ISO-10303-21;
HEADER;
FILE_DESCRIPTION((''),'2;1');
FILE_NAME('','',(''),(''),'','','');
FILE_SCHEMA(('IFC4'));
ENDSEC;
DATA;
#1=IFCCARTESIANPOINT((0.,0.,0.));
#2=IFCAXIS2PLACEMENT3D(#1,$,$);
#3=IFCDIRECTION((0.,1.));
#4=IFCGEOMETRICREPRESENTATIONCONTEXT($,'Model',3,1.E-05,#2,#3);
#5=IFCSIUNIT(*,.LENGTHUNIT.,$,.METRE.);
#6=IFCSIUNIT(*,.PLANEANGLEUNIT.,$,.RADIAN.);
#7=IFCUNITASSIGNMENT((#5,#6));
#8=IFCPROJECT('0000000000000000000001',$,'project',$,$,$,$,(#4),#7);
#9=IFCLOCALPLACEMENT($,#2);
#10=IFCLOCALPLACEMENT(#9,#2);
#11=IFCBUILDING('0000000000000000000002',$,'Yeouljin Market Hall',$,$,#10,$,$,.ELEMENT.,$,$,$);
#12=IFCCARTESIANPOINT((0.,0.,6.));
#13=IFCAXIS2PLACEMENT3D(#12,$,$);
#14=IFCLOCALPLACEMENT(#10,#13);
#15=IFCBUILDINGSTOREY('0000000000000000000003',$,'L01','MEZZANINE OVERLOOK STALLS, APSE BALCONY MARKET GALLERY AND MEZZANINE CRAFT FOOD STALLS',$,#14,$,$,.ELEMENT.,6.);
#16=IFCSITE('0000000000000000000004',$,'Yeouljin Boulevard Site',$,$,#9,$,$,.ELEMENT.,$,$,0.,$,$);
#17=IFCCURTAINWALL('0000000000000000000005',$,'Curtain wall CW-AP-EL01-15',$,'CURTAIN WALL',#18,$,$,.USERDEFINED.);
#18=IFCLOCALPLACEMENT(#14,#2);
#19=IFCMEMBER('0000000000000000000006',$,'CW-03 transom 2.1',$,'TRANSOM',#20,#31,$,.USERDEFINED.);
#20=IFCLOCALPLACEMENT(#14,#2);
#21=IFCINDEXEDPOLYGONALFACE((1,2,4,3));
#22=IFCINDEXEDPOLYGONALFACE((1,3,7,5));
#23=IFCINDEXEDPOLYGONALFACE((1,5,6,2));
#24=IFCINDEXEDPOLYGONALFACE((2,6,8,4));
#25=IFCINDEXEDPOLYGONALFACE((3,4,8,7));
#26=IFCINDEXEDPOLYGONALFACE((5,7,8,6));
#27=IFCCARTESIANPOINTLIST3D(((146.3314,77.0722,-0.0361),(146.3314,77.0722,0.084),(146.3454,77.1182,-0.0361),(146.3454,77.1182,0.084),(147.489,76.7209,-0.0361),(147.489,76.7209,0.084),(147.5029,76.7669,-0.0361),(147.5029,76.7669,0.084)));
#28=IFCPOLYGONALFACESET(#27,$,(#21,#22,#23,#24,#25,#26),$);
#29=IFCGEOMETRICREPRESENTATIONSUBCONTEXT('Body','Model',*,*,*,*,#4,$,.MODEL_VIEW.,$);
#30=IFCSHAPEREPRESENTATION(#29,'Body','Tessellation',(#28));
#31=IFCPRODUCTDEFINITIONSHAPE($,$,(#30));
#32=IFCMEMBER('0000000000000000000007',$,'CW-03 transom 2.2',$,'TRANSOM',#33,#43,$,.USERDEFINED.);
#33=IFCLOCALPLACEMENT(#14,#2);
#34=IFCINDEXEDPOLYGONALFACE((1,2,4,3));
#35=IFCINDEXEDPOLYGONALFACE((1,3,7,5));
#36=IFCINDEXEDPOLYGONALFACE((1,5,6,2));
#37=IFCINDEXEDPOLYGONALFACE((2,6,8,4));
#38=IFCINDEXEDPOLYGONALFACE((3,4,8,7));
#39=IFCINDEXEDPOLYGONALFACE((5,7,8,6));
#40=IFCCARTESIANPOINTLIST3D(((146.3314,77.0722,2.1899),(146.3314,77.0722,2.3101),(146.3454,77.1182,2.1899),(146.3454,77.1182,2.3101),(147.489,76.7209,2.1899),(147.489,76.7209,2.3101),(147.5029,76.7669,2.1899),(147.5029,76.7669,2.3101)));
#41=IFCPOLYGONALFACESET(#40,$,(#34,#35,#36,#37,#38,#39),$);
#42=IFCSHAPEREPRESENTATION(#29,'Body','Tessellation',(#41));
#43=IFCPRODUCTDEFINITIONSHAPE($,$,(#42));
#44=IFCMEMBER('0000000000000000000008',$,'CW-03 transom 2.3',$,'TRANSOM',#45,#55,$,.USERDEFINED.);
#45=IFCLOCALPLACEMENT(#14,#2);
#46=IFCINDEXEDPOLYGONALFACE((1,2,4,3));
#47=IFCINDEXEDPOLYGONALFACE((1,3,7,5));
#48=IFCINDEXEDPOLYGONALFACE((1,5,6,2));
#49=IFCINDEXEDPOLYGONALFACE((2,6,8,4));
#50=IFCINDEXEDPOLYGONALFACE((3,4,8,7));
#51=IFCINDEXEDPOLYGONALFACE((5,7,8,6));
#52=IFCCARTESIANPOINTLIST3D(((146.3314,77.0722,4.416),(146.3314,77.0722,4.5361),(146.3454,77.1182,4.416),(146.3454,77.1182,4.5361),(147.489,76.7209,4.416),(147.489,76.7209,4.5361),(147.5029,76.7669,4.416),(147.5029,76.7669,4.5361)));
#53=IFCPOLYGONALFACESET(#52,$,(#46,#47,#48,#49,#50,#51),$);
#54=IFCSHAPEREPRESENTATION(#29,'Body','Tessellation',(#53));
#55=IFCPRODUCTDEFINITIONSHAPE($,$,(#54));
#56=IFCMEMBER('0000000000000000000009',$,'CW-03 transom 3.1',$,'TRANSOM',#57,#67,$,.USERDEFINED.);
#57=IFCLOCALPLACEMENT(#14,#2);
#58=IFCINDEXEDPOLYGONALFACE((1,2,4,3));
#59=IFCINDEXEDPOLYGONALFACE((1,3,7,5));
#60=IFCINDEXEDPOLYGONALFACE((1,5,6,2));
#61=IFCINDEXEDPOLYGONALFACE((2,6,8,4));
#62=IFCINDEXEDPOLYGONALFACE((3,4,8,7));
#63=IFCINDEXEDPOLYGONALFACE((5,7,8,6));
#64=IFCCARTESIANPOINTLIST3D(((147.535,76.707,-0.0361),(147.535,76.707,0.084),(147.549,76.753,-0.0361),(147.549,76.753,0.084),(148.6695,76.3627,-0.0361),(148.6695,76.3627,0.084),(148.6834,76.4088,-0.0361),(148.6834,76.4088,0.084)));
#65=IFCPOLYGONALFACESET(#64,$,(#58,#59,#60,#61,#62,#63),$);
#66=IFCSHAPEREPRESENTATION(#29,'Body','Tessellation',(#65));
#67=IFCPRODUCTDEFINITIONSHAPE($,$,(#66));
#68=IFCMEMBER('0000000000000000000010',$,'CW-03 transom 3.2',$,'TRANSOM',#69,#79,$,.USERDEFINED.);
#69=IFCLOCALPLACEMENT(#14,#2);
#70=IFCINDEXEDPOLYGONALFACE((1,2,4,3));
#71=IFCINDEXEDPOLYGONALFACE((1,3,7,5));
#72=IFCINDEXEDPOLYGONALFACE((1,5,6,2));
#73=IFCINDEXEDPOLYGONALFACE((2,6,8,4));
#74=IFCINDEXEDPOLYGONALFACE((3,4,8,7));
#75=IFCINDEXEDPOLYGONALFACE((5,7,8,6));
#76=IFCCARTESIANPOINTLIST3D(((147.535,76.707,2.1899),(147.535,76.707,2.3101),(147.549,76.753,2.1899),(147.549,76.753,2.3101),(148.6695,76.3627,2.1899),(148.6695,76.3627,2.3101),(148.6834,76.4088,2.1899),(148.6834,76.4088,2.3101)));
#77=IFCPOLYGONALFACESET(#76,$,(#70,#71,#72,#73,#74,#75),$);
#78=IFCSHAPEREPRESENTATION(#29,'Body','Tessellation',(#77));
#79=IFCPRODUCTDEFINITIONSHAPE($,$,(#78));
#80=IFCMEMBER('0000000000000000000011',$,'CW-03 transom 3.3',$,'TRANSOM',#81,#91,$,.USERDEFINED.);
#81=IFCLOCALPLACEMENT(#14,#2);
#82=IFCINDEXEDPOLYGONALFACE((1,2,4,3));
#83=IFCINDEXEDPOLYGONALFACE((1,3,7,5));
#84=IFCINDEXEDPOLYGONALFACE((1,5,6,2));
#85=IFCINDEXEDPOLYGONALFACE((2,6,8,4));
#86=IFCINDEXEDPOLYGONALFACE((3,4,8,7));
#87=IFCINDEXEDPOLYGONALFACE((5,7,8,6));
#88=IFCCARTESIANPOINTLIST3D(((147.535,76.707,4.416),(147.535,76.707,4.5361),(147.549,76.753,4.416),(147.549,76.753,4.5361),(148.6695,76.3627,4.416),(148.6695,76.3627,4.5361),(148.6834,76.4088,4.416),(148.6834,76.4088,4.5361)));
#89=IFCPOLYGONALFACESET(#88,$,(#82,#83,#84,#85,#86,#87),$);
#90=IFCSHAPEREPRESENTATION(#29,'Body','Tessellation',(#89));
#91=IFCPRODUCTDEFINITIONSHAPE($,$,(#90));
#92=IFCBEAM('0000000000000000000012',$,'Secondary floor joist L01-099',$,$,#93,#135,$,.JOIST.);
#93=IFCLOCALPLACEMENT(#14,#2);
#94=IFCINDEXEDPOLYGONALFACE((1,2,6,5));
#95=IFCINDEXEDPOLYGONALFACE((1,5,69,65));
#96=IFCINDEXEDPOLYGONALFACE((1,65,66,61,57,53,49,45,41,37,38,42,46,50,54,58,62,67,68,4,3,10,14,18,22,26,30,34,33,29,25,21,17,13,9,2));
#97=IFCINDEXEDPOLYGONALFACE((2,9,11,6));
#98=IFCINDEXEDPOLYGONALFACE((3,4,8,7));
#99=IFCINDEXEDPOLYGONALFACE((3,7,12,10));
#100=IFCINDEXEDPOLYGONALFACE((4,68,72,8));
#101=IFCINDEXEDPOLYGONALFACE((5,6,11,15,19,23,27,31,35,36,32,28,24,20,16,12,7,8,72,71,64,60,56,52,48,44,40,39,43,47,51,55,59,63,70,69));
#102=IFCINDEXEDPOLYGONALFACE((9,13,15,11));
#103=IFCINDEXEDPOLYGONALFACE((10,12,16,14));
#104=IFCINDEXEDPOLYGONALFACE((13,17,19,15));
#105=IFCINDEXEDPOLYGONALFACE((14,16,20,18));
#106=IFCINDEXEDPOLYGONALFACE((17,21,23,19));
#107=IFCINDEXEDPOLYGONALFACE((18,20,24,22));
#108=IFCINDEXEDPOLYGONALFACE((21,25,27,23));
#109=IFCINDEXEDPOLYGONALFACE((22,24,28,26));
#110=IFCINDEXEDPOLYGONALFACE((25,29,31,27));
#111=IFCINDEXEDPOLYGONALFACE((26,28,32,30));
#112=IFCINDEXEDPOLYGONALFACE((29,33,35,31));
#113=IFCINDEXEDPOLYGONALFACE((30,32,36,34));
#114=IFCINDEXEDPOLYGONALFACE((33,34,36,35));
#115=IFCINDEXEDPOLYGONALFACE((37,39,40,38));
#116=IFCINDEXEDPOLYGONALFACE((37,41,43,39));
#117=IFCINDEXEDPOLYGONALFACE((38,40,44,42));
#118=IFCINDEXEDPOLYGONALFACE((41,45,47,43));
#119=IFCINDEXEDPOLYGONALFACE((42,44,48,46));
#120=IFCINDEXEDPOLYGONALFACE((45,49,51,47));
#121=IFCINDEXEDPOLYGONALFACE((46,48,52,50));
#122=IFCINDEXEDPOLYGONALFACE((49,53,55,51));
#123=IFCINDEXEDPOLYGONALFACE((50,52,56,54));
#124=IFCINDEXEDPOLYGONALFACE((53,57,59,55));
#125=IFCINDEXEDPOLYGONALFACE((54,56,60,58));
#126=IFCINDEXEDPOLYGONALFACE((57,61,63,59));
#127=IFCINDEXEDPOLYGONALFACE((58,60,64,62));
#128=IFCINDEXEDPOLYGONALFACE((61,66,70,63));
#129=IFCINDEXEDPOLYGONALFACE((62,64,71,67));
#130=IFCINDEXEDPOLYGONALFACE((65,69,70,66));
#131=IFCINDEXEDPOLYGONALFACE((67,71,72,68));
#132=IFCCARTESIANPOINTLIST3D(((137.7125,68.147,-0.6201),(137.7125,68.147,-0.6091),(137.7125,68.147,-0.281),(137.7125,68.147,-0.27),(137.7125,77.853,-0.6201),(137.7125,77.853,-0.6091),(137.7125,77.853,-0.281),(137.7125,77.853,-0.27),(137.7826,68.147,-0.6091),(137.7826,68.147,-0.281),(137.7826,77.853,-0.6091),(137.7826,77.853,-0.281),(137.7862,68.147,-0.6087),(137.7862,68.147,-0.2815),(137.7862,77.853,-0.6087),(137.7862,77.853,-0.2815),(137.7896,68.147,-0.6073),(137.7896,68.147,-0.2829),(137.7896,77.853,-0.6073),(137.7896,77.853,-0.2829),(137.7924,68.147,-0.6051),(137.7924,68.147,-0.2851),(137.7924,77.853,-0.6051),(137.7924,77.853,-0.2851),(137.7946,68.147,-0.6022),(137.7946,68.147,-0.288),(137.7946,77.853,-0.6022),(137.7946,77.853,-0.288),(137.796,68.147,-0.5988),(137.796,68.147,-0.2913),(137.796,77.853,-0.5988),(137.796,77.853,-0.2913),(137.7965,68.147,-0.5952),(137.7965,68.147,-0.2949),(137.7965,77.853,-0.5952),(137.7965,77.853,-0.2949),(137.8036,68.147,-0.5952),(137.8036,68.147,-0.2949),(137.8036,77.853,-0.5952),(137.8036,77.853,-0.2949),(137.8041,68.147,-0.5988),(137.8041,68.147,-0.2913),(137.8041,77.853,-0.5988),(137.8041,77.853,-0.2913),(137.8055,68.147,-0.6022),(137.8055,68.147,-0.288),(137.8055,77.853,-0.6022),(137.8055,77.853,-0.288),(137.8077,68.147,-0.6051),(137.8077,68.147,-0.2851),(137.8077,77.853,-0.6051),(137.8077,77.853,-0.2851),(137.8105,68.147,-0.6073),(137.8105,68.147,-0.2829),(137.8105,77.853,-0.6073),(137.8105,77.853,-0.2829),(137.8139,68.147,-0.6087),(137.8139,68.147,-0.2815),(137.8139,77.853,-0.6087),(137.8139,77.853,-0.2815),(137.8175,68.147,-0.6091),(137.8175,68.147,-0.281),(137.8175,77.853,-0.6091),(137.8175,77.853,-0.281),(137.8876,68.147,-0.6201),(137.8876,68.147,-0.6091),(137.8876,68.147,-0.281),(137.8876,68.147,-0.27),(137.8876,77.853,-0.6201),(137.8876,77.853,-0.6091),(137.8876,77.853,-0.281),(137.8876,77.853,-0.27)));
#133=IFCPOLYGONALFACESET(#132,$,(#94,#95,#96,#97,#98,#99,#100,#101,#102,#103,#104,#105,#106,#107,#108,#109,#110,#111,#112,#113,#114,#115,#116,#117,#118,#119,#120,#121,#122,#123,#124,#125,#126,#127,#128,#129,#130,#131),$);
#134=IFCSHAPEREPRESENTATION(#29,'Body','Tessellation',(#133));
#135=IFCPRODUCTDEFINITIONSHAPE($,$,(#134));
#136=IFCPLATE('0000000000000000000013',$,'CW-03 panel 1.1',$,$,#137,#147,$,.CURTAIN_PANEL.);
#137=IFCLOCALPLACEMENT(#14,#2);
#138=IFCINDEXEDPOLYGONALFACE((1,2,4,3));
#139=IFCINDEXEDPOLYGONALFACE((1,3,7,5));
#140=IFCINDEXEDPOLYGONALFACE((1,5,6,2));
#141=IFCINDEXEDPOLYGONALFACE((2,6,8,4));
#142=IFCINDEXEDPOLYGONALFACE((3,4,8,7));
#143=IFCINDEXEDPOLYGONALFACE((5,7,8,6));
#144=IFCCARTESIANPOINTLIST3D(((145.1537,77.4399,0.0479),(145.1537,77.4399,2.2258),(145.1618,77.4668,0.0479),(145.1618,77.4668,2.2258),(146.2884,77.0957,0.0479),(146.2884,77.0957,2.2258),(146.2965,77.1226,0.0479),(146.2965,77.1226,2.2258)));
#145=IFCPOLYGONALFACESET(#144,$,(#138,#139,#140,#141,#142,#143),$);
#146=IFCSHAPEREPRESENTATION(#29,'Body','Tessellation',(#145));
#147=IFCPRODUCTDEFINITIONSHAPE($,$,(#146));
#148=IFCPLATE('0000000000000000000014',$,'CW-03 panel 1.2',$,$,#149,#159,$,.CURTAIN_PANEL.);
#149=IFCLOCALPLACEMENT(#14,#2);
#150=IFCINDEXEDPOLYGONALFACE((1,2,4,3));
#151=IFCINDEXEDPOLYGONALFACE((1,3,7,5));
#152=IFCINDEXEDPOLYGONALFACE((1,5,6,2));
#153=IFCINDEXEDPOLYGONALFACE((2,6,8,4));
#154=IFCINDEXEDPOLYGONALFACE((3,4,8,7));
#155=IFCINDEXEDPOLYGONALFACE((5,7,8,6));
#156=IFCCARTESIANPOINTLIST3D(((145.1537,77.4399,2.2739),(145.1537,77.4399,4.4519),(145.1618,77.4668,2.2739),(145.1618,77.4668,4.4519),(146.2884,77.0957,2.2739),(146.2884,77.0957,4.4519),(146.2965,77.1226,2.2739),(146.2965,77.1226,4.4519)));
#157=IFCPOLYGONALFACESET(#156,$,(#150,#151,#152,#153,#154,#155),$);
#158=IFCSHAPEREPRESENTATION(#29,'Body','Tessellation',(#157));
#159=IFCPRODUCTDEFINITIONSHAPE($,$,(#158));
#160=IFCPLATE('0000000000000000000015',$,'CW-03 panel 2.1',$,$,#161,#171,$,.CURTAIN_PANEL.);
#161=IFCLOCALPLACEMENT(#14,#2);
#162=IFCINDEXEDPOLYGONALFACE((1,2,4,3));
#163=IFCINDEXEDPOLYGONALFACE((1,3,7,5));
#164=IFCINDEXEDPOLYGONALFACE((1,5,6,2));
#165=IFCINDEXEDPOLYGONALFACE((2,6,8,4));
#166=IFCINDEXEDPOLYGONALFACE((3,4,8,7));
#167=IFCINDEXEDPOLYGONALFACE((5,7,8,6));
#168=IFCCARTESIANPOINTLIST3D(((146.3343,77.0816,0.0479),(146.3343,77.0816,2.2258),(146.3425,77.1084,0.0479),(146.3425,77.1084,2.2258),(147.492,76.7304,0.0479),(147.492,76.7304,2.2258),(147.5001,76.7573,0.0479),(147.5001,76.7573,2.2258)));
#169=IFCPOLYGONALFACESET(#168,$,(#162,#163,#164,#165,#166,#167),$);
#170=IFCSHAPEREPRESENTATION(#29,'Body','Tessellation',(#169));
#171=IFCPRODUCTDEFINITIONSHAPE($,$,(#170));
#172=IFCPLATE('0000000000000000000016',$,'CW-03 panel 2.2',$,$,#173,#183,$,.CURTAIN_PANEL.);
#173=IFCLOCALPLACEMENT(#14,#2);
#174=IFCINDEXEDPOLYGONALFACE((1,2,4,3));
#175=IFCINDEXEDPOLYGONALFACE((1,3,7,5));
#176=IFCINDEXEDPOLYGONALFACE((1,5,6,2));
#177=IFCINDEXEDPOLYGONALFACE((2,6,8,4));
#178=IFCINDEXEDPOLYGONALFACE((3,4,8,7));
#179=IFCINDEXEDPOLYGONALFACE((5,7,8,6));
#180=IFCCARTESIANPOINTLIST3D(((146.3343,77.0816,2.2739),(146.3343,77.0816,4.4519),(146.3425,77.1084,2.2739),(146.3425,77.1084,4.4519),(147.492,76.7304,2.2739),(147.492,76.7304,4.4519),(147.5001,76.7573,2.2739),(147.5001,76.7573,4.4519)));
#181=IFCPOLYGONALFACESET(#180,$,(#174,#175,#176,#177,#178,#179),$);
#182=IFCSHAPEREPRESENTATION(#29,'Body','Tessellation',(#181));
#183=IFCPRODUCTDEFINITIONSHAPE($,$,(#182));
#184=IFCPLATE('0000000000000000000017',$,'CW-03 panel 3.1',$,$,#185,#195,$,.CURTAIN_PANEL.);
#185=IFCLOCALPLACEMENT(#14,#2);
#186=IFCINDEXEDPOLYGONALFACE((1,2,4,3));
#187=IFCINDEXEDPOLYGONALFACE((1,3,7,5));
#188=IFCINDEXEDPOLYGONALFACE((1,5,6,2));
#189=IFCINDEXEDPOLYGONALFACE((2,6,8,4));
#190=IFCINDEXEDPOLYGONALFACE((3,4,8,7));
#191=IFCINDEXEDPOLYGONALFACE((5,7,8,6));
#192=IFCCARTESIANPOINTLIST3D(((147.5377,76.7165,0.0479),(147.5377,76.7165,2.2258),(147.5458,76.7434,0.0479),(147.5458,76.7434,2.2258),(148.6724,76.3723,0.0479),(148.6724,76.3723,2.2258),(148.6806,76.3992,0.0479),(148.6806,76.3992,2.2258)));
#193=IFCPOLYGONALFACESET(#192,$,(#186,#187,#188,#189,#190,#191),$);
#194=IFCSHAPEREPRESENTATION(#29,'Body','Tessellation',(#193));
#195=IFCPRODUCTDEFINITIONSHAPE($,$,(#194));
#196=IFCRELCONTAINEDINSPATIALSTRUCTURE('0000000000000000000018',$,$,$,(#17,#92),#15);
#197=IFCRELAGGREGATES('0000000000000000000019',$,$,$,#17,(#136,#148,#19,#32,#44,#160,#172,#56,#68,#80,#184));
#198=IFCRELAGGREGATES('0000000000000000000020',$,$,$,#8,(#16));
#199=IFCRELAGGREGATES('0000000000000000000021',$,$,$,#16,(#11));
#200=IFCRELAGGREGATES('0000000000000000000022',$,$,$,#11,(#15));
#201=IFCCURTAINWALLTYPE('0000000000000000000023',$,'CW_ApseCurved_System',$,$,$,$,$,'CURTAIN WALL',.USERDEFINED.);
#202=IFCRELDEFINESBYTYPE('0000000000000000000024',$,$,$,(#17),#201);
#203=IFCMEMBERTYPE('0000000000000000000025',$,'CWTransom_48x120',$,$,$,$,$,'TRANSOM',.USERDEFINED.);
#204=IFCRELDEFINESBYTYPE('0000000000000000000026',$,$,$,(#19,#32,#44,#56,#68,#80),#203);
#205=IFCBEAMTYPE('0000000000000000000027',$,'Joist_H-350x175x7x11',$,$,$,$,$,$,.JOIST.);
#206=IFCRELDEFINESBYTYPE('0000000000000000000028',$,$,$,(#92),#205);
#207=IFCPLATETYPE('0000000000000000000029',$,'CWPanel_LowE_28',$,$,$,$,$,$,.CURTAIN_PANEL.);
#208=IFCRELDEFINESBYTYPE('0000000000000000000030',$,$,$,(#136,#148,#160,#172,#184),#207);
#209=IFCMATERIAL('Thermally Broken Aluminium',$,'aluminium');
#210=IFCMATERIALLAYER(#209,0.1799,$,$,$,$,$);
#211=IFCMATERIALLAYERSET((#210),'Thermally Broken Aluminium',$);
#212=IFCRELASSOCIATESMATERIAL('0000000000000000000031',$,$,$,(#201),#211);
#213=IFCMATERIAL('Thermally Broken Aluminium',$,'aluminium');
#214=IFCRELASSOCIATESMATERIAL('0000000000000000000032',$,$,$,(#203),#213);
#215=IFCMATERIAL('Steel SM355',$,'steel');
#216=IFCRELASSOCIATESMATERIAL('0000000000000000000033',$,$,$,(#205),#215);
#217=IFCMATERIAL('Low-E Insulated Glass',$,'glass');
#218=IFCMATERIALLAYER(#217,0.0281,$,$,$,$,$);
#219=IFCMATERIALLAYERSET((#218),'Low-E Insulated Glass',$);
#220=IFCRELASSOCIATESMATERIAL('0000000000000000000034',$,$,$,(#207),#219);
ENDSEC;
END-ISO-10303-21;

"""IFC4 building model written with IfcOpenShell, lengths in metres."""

from ifc_helpers import new_model, si_unit, direction, frame, origin, origin_2d, place, context, subcontext, project, spatial, rectangle, i_section, extrude, material, layer, layer_set, material_profile, profile_set, type_object, element, aggregate, save


model = new_model("IFC4")

# Units and contexts
model_context = context("Model", 3, precision=1e-05, world=origin(), true_north=direction((0.0, 1.0)))
body_context = subcontext(model_context, "Body", "Model", "MODEL_VIEW")
ifc_project = project(units=[si_unit("LENGTHUNIT", "METRE"), si_unit("PLANEANGLEUNIT", "RADIAN")], contexts=[model_context])

# Site, building, storey
site_placement = place(None, origin())
site = spatial("IfcSite", under=ifc_project, at=site_placement, Name="Yeouljin Boulevard Site", CompositionType="ELEMENT", RefElevation=0.0)
building_placement = place(site_placement, origin())
building = spatial("IfcBuilding", under=site, at=building_placement, Name="Yeouljin Market Hall", CompositionType="ELEMENT")
storey_placement = place(building_placement, frame((0.0, 0.0, 6.0)))
storey = spatial("IfcBuildingStorey", under=building, at=storey_placement, Name="L01", Description="MEZZANINE OVERLOOK STALLS, APSE BALCONY MARKET GALLERY AND MEZZANINE CRAFT FOOD STALLS", CompositionType="ELEMENT", Elevation=6.0)

# Curtain wall
ifc_material_1 = material(Name="Thermally Broken Aluminium", Category="aluminium")
ifc_layer_1 = layer(ifc_material_1, 0.1799)
ifc_layer_set_1 = layer_set([ifc_layer_1], Name="Thermally Broken Aluminium")
curtain_wall_type = type_object("IfcCurtainWallType", Name="CW_ApseCurved_System", ElementType="CURTAIN WALL", PredefinedType="USERDEFINED", material=ifc_layer_set_1)
curtain_wall_1_placement = place(storey_placement, origin())
curtain_wall_1 = element("IfcCurtainWall", 1, at=curtain_wall_1_placement, inside=storey, type_object=curtain_wall_type, Name="Curtain wall CW-AP-EL01-15", ObjectType="CURTAIN WALL", PredefinedType="USERDEFINED")

# Members
ifc_material_2 = material(Name="Thermally Broken Aluminium", Category="aluminium")
ifc_material_profile_1 = material_profile(ifc_material_2, rectangle(XDim=0.0481, YDim=0.1201, at=origin_2d()), Name="CW-TRAN-48x120")
ifc_profile_set_1 = profile_set([ifc_material_profile_1], Name="Thermally Broken Aluminium")
member_type_1 = type_object("IfcMemberType", Name="CWTransom_48x120", ElementType="TRANSOM", PredefinedType="USERDEFINED", material=ifc_profile_set_1)
member_1_placement = place(storey_placement, frame((146.3384, 77.0952, 0.0239), z_axis=(0.956894, -0.290439, 0.0), x_axis=(0.290439, 0.956894, 0.0)))
member_1 = element("IfcMember", 2, at=member_1_placement, type_object=member_type_1, Name="CW-03 transom 2.1", ObjectType="TRANSOM", PredefinedType="USERDEFINED", context=body_context, shape_type="SweptSolid", body=[
    extrude(rectangle(XDim=0.0481, YDim=0.1201, at=origin_2d()), origin(), (0.0, 0.0, 1.0), 1.2097),
])
member_2_placement = place(storey_placement, frame((146.3384, 77.0952, 2.25), z_axis=(0.956894, -0.290439, 0.0), x_axis=(0.290439, 0.956894, 0.0)))
member_2 = element("IfcMember", 3, at=member_2_placement, type_object=member_type_1, Name="CW-03 transom 2.2", ObjectType="TRANSOM", PredefinedType="USERDEFINED", context=body_context, shape_type="SweptSolid", body=[
    extrude(rectangle(XDim=0.0481, YDim=0.1201, at=origin_2d()), origin(), (0.0, 0.0, 1.0), 1.2097),
])
member_3_placement = place(storey_placement, frame((146.3384, 77.0952, 4.4761), z_axis=(0.956894, -0.290439, 0.0), x_axis=(0.290439, 0.956894, 0.0)))
member_3 = element("IfcMember", 4, at=member_3_placement, type_object=member_type_1, Name="CW-03 transom 2.3", ObjectType="TRANSOM", PredefinedType="USERDEFINED", context=body_context, shape_type="SweptSolid", body=[
    extrude(rectangle(XDim=0.0481, YDim=0.1201, at=origin_2d()), origin(), (0.0, 0.0, 1.0), 1.2097),
])
member_4_placement = place(storey_placement, frame((147.542, 76.73, 0.0239), z_axis=(0.95692, -0.29035, 0.0), x_axis=(0.29035, 0.95692, 0.0)))
member_4 = element("IfcMember", 5, at=member_4_placement, type_object=member_type_1, Name="CW-03 transom 3.1", ObjectType="TRANSOM", PredefinedType="USERDEFINED", context=body_context, shape_type="SweptSolid", body=[
    extrude(rectangle(XDim=0.0481, YDim=0.1201, at=origin_2d()), origin(), (0.0, 0.0, 1.0), 1.1855),
])
member_5_placement = place(storey_placement, frame((147.542, 76.73, 2.25), z_axis=(0.95692, -0.29035, 0.0), x_axis=(0.29035, 0.95692, 0.0)))
member_5 = element("IfcMember", 6, at=member_5_placement, type_object=member_type_1, Name="CW-03 transom 3.2", ObjectType="TRANSOM", PredefinedType="USERDEFINED", context=body_context, shape_type="SweptSolid", body=[
    extrude(rectangle(XDim=0.0481, YDim=0.1201, at=origin_2d()), origin(), (0.0, 0.0, 1.0), 1.1855),
])
member_6_placement = place(storey_placement, frame((147.542, 76.73, 4.4761), z_axis=(0.95692, -0.29035, 0.0), x_axis=(0.29035, 0.95692, 0.0)))
member_6 = element("IfcMember", 7, at=member_6_placement, type_object=member_type_1, Name="CW-03 transom 3.3", ObjectType="TRANSOM", PredefinedType="USERDEFINED", context=body_context, shape_type="SweptSolid", body=[
    extrude(rectangle(XDim=0.0481, YDim=0.1201, at=origin_2d()), origin(), (0.0, 0.0, 1.0), 1.1855),
])

# Beam
ifc_material_3 = material(Name="Steel SM355", Category="steel")
ifc_material_profile_2 = material_profile(ifc_material_3, i_section(OverallWidth=0.175, OverallDepth=0.3501, WebThickness=0.0071, FlangeThickness=0.011, FilletRadius=0.0139, at=origin_2d()), Name="H-350x175x7x11")
ifc_profile_set_2 = profile_set([ifc_material_profile_2], Name="Steel SM355")
beam_type_1 = type_object("IfcBeamType", Name="Joist_H-350x175x7x11", PredefinedType="JOIST", material=ifc_profile_set_2)
beam_1_placement = place(storey_placement, frame((137.8, 68.147, -0.4451), z_axis=(0.0, 1.0, 0.0), x_axis=(-1.0, 0.0, 0.0)))
element("IfcBeam", 8, at=beam_1_placement, inside=storey, type_object=beam_type_1, Name="Secondary floor joist L01-099", PredefinedType="JOIST", context=body_context, shape_type="SweptSolid", body=[
    extrude(i_section(OverallWidth=0.175, OverallDepth=0.3501, WebThickness=0.0071, FlangeThickness=0.011, FilletRadius=0.0139, at=origin_2d()), origin(), (0.0, 0.0, 1.0), 9.7061),
])

# Plates
ifc_material_4 = material(Name="Low-E Insulated Glass", Category="glass")
ifc_layer_2 = layer(ifc_material_4, 0.0281)
ifc_layer_set_2 = layer_set([ifc_layer_2], Name="Low-E Insulated Glass")
plate_type = type_object("IfcPlateType", Name="CWPanel_LowE_28", PredefinedType="CURTAIN_PANEL", material=ifc_layer_set_2)
plate_1_placement = place(storey_placement, frame((145.7251, 77.2812, 0.0479), z_axis=(0.0, 0.0, 1.0), x_axis=(0.95694, -0.290286, 0.0)))
plate_1 = element("IfcPlate", 9, at=plate_1_placement, type_object=plate_type, Name="CW-03 panel 1.1", PredefinedType="CURTAIN_PANEL", context=body_context, shape_type="SweptSolid", body=[
    extrude(rectangle(XDim=1.1858, YDim=0.0281, at=origin_2d()), origin(), (0.0, 0.0, 1.0), 2.178),
])
plate_2_placement = place(storey_placement, frame((145.7251, 77.2812, 2.2739), z_axis=(0.0, 0.0, 1.0), x_axis=(0.95694, -0.290286, 0.0)))
plate_2 = element("IfcPlate", 10, at=plate_2_placement, type_object=plate_type, Name="CW-03 panel 1.2", PredefinedType="CURTAIN_PANEL", context=body_context, shape_type="SweptSolid", body=[
    extrude(rectangle(XDim=1.1858, YDim=0.0281, at=origin_2d()), origin(), (0.0, 0.0, 1.0), 2.178),
])
plate_3_placement = place(storey_placement, frame((146.9172, 76.9194, 0.0479), z_axis=(0.0, 0.0, 1.0), x_axis=(0.95694, -0.290286, 0.0)))
plate_3 = element("IfcPlate", 11, at=plate_3_placement, type_object=plate_type, Name="CW-03 panel 2.1", PredefinedType="CURTAIN_PANEL", context=body_context, shape_type="SweptSolid", body=[
    extrude(rectangle(XDim=1.2097, YDim=0.0281, at=origin_2d()), origin(), (0.0, 0.0, 1.0), 2.178),
])
plate_4_placement = place(storey_placement, frame((146.9172, 76.9194, 2.2739), z_axis=(0.0, 0.0, 1.0), x_axis=(0.95694, -0.290286, 0.0)))
plate_4 = element("IfcPlate", 12, at=plate_4_placement, type_object=plate_type, Name="CW-03 panel 2.2", PredefinedType="CURTAIN_PANEL", context=body_context, shape_type="SweptSolid", body=[
    extrude(rectangle(XDim=1.2097, YDim=0.0281, at=origin_2d()), origin(), (0.0, 0.0, 1.0), 2.178),
])
plate_5_placement = place(storey_placement, frame((148.1091, 76.5579, 0.0479), z_axis=(0.0, 0.0, 1.0), x_axis=(0.95694, -0.290286, 0.0)))
plate_5 = element("IfcPlate", 13, at=plate_5_placement, type_object=plate_type, Name="CW-03 panel 3.1", PredefinedType="CURTAIN_PANEL", context=body_context, shape_type="SweptSolid", body=[
    extrude(rectangle(XDim=1.1858, YDim=0.0281, at=origin_2d()), origin(), (0.0, 0.0, 1.0), 2.178),
])
aggregate(curtain_wall_1, [plate_1, plate_2, member_1, member_2, member_3, plate_3, plate_4, member_4, member_5, member_6, plate_5])

save(model, "model.ifc")
